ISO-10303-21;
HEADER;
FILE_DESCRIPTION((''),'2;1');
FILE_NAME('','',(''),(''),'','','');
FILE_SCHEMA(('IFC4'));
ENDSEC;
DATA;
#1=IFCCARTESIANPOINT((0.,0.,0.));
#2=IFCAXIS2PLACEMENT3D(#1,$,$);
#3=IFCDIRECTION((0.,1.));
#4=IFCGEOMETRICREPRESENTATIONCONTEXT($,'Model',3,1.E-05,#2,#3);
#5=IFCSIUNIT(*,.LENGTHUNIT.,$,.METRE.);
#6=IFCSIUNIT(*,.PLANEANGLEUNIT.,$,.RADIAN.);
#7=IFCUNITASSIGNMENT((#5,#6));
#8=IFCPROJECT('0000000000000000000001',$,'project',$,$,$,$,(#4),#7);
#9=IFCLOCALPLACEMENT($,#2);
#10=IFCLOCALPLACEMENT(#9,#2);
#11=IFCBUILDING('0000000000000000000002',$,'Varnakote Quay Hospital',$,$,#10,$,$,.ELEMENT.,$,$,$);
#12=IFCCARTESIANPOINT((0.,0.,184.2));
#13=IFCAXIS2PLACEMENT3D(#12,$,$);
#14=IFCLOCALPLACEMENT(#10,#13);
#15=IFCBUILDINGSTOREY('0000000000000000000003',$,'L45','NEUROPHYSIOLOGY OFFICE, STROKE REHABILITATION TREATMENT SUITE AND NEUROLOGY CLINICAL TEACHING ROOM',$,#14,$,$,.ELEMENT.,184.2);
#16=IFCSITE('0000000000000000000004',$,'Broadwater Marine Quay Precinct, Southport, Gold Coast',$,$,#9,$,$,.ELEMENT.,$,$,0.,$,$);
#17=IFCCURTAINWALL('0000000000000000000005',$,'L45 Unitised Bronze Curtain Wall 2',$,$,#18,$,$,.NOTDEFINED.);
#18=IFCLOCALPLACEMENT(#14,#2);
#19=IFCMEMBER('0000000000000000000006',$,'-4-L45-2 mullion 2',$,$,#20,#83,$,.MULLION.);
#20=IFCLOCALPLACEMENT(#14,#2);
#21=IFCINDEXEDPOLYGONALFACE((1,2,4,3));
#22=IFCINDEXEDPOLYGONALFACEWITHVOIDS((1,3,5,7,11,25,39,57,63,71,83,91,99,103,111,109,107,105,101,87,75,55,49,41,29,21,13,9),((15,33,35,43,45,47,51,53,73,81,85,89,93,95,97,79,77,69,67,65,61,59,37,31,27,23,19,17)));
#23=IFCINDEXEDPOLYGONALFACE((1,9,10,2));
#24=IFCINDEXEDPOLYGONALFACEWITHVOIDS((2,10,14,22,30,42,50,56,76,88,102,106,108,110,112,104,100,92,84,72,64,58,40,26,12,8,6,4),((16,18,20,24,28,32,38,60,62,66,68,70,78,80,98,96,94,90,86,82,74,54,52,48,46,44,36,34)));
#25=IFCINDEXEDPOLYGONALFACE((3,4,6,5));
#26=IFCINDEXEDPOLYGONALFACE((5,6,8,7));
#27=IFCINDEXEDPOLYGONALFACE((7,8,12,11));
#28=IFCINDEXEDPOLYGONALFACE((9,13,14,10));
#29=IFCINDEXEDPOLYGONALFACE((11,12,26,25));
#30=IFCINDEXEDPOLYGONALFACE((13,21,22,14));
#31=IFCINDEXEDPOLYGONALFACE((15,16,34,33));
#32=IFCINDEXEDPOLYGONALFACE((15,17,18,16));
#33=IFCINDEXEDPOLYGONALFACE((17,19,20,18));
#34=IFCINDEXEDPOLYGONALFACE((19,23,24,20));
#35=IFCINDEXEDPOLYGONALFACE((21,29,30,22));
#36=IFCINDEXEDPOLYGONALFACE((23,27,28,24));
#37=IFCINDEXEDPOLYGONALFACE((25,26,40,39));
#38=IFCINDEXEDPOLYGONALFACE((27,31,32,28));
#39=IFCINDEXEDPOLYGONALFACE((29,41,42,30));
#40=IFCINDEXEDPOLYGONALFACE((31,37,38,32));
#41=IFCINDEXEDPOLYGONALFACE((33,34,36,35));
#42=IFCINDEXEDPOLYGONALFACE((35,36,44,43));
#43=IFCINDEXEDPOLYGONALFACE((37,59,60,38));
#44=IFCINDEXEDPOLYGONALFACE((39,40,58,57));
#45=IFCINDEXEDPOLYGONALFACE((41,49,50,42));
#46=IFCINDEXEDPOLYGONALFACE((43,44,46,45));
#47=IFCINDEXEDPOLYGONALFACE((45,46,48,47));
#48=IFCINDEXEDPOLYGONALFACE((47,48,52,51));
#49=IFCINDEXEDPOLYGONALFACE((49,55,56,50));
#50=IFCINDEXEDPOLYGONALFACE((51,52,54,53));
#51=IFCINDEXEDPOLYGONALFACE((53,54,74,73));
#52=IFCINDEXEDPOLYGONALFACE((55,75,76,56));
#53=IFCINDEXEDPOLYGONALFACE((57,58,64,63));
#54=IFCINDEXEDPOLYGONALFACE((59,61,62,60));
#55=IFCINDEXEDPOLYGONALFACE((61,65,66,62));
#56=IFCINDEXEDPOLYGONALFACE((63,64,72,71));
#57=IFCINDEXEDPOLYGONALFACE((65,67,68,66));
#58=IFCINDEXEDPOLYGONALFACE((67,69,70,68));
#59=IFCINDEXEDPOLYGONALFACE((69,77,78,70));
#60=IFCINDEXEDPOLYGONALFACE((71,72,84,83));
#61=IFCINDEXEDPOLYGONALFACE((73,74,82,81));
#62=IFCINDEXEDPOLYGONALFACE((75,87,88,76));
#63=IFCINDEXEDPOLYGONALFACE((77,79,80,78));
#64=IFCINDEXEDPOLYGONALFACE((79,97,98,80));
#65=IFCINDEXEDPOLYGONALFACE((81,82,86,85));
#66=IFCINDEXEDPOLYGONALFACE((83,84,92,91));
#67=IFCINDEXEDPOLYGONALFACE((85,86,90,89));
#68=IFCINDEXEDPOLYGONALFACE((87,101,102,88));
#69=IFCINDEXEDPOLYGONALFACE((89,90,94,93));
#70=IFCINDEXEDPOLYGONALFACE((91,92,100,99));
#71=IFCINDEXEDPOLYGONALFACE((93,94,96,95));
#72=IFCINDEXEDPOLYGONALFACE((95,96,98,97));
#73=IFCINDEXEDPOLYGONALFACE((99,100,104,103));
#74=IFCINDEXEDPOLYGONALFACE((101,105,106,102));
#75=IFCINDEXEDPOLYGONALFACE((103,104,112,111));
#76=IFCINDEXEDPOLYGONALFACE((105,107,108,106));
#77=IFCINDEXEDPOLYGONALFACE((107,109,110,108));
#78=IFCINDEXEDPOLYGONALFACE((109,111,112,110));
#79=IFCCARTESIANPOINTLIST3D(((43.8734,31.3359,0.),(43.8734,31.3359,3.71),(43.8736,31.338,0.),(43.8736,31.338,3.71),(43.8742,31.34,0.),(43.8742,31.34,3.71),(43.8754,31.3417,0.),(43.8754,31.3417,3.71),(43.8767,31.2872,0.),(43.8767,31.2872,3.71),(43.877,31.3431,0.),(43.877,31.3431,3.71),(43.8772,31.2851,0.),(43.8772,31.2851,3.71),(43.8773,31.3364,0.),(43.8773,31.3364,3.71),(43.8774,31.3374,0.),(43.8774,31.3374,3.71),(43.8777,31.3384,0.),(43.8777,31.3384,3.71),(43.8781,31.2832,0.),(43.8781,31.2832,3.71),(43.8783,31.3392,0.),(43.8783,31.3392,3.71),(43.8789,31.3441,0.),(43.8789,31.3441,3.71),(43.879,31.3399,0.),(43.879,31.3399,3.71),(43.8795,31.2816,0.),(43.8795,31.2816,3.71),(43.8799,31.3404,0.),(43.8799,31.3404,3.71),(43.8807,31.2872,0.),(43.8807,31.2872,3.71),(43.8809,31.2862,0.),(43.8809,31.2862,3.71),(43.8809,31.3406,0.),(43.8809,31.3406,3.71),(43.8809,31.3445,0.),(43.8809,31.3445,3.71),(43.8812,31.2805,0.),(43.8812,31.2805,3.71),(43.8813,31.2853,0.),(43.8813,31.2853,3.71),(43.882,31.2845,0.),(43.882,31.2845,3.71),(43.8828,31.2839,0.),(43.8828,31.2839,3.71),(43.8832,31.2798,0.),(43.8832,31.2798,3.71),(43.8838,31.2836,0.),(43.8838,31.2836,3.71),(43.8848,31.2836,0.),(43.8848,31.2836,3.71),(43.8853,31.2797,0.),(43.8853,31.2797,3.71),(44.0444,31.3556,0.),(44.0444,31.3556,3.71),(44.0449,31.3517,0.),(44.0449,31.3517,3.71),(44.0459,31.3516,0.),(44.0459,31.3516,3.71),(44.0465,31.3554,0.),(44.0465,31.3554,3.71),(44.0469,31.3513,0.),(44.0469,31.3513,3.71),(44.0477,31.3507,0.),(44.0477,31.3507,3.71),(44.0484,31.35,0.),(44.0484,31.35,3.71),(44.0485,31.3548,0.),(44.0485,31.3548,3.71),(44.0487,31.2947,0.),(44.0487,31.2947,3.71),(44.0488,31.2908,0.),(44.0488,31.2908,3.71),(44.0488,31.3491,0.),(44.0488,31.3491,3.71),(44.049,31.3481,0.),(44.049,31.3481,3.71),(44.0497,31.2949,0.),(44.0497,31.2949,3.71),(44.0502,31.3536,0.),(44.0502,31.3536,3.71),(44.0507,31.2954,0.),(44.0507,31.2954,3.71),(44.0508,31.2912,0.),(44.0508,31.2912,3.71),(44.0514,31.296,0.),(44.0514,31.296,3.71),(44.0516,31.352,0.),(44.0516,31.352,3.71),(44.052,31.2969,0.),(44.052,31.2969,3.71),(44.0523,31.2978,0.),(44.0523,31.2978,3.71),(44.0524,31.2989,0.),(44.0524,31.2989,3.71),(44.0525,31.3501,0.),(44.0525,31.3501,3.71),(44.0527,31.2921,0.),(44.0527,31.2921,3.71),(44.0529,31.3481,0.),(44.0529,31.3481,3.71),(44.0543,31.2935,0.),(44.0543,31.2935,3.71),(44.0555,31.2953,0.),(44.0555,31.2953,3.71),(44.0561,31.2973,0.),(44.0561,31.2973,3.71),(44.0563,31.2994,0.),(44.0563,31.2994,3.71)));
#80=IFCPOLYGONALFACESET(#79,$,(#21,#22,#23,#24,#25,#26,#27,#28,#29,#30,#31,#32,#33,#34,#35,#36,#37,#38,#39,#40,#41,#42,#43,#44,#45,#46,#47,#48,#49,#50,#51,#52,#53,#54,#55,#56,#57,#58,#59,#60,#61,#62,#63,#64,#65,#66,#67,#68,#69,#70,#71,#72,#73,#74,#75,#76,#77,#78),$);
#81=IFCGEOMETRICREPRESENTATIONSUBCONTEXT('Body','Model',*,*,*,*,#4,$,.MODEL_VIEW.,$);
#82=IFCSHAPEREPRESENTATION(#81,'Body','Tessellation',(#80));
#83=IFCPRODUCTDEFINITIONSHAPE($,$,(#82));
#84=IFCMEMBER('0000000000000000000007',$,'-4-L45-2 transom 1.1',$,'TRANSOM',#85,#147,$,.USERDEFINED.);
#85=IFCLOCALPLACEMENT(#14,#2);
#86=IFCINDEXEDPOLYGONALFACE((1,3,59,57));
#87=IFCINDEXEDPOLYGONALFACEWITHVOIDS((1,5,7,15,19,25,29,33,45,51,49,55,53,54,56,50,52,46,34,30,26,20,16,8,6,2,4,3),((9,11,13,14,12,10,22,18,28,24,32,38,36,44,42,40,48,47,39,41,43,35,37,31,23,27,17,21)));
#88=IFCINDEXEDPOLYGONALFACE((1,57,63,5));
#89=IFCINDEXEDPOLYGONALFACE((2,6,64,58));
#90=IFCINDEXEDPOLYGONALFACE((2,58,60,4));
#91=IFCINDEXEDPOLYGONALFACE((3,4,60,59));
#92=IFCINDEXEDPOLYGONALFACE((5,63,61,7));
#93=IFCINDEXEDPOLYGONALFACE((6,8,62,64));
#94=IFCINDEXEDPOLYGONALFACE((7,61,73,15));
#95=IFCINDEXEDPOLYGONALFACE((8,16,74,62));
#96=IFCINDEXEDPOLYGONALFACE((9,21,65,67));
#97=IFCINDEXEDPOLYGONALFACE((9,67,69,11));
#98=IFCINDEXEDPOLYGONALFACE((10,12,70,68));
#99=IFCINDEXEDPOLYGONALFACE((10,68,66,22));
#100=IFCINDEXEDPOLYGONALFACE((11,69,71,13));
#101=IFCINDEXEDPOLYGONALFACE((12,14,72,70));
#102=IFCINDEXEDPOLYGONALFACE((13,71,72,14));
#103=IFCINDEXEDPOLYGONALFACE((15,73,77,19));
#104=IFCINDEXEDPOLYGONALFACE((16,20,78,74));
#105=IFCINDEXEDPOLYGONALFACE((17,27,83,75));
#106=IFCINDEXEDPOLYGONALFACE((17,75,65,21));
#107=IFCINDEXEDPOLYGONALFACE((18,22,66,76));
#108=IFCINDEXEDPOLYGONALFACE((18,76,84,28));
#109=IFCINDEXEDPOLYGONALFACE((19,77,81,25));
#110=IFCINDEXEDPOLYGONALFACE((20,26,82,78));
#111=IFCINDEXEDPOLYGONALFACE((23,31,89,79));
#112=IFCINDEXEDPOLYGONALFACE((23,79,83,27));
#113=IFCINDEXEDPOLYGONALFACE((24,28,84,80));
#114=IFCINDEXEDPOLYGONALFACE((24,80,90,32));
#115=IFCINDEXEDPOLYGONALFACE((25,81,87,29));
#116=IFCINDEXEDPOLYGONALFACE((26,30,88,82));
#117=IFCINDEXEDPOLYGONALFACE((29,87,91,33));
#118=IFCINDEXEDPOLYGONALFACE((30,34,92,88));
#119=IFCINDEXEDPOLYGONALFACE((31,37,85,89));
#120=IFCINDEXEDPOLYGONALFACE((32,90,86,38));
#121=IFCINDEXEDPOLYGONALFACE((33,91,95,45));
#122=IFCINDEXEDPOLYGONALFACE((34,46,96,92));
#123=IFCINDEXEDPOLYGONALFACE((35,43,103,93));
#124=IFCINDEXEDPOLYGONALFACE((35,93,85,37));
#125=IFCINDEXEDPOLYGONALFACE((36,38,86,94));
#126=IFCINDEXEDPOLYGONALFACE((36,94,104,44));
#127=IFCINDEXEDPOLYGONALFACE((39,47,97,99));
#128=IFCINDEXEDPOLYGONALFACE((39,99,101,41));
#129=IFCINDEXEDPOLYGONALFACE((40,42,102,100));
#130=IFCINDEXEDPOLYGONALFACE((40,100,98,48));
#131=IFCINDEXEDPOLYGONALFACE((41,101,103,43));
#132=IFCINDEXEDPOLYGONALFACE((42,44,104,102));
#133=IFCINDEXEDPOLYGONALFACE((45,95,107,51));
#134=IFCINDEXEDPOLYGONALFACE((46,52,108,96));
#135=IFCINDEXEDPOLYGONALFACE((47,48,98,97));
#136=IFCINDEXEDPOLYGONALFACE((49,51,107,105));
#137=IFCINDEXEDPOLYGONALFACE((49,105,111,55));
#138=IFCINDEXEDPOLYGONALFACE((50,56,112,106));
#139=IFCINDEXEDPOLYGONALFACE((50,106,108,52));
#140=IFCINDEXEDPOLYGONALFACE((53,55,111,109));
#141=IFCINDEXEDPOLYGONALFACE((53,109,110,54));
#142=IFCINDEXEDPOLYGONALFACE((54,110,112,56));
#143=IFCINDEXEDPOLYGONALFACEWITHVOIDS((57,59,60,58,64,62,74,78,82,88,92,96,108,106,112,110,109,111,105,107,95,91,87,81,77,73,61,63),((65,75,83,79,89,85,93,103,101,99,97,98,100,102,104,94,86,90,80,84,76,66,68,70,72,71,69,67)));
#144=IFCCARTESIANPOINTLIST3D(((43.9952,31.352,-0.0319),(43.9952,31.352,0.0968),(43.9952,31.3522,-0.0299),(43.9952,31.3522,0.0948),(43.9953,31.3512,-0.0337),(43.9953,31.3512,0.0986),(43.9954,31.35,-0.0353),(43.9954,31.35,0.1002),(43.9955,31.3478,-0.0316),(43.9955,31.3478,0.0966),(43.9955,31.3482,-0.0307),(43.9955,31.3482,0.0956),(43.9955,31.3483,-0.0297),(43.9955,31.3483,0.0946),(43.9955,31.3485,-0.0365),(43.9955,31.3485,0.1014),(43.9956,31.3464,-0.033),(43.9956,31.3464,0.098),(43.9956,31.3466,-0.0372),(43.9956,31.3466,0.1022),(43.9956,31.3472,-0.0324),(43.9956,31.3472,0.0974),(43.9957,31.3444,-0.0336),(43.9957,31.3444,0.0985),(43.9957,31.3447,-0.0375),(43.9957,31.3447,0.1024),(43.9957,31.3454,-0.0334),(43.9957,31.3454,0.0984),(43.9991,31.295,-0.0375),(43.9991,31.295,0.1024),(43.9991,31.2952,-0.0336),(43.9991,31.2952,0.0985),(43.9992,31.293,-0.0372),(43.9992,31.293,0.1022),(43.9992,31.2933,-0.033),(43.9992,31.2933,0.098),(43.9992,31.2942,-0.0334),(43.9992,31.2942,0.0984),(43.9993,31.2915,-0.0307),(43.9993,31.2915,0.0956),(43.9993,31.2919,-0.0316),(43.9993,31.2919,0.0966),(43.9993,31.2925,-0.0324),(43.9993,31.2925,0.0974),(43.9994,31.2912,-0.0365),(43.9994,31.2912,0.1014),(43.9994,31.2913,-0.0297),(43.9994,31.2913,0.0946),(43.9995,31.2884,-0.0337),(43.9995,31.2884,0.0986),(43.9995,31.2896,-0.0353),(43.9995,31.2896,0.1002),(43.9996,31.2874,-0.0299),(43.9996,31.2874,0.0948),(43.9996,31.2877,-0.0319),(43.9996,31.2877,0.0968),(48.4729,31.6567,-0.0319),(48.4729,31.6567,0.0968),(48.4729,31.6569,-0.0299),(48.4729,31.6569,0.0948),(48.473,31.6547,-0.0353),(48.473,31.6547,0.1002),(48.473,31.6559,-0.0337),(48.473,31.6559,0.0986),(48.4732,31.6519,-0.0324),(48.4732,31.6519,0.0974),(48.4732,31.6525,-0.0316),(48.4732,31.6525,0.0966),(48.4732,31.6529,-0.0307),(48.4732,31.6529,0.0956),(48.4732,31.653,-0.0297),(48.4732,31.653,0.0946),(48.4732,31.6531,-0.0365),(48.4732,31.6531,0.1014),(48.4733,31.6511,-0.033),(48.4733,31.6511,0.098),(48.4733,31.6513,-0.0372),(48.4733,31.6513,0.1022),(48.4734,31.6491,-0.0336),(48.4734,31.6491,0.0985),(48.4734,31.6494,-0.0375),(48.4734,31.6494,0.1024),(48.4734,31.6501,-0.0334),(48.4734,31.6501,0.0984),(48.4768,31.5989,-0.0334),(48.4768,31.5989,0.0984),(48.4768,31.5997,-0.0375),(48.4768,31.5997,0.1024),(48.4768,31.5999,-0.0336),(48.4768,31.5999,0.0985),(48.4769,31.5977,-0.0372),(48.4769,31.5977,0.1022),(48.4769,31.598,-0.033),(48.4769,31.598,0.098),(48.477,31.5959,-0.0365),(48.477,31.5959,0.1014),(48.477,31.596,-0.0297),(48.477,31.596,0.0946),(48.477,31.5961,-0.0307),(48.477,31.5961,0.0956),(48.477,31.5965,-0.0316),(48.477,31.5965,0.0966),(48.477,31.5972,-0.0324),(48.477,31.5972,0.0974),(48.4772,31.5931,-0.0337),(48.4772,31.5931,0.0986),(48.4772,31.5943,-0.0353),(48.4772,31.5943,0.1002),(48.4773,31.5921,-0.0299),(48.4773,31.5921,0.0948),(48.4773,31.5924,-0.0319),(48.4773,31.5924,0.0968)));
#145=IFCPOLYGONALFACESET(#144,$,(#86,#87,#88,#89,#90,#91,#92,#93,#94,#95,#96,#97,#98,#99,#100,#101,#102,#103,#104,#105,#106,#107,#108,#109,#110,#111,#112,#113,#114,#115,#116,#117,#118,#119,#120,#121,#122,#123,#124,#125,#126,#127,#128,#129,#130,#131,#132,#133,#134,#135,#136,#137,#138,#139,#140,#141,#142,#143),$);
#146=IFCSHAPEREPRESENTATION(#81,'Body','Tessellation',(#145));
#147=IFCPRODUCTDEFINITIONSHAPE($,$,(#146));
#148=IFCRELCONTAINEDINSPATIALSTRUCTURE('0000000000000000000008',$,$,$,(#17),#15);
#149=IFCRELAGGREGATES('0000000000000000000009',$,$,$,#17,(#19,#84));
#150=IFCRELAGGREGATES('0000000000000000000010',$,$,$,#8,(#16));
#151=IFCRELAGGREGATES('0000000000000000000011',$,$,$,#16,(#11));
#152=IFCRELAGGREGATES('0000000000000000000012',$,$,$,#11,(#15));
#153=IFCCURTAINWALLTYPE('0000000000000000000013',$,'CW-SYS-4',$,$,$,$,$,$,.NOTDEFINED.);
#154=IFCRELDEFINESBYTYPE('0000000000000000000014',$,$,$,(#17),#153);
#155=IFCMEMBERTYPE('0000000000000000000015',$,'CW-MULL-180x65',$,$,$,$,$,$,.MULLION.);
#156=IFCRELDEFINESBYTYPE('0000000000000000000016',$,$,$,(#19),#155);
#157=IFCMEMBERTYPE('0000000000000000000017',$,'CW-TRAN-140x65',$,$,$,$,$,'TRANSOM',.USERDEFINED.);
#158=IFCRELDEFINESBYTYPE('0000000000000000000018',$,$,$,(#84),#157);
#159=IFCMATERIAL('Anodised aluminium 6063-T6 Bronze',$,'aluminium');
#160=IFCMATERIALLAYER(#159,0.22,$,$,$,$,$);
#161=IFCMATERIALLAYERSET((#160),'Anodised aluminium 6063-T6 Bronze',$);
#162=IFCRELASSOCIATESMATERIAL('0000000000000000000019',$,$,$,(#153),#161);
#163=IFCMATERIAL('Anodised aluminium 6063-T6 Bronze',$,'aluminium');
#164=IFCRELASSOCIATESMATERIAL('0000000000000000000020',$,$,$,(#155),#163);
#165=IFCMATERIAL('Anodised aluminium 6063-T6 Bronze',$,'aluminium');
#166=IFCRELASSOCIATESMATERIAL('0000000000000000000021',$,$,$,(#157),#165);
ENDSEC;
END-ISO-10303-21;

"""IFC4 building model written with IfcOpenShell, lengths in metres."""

from ifc_helpers import new_model, si_unit, direction, frame, origin, origin_2d, place, context, subcontext, project, spatial, hollow_rectangle, extrude, material, layer, layer_set, material_profile, profile_set, type_object, element, aggregate, save


model = new_model("IFC4")

# Units and contexts
model_context = context("Model", 3, precision=1e-05, world=origin(), true_north=direction((0.0, 1.0)))
body_context = subcontext(model_context, "Body", "Model", "MODEL_VIEW")
ifc_project = project(units=[si_unit("LENGTHUNIT", "METRE"), si_unit("PLANEANGLEUNIT", "RADIAN")], contexts=[model_context])

# Site, building, storey
site_placement = place(None, origin())
site = spatial("IfcSite", under=ifc_project, at=site_placement, Name="Broadwater Marine Quay Precinct, Southport, Gold Coast", CompositionType="ELEMENT", RefElevation=0.0)
building_placement = place(site_placement, origin())
building = spatial("IfcBuilding", under=site, at=building_placement, Name="Varnakote Quay Hospital", CompositionType="ELEMENT")
storey_placement = place(building_placement, frame((0.0, 0.0, 184.2)))
storey = spatial("IfcBuildingStorey", under=building, at=storey_placement, Name="L45", Description="NEUROPHYSIOLOGY OFFICE, STROKE REHABILITATION TREATMENT SUITE AND NEUROLOGY CLINICAL TEACHING ROOM", CompositionType="ELEMENT", Elevation=184.2)

# Shared definitions
ifc_material_1 = material(Name="Anodised aluminium 6063-T6 Bronze", Category="aluminium")
ifc_layer_1 = layer(ifc_material_1, 0.22)
ifc_layer_set_1 = layer_set([ifc_layer_1], Name="Anodised aluminium 6063-T6 Bronze")
curtain_wall_type = type_object("IfcCurtainWallType", Name="CW-SYS-4", PredefinedType="NOTDEFINED", material=ifc_layer_set_1)
ifc_material_2 = material(Name="Anodised aluminium 6063-T6 Bronze", Category="aluminium")
ifc_material_profile_1 = material_profile(ifc_material_2, hollow_rectangle(XDim=0.0649, YDim=0.1799, WallThickness=0.0039, InnerFilletRadius=0.0039, OuterFilletRadius=0.0081, at=origin_2d()), Name="CW-MULL-180x65")
ifc_profile_set_1 = profile_set([ifc_material_profile_1], Name="Anodised aluminium 6063-T6 Bronze")
member_type_1 = type_object("IfcMemberType", Name="CW-MULL-180x65", PredefinedType="MULLION", material=ifc_profile_set_1)

# Curtain wall, members
curtain_wall_1_placement = place(storey_placement, origin())
curtain_wall_1 = element("IfcCurtainWall", 1, at=curtain_wall_1_placement, inside=storey, type_object=curtain_wall_type, Name="L45 Unitised Bronze Curtain Wall 2", PredefinedType="NOTDEFINED")
member_1_placement = place(storey_placement, frame((43.9648, 31.3176, 0.0), z_axis=(0.0, 0.0, 1.0), x_axis=(0.067842, -0.997696, 0.0)))
member_1 = element("IfcMember", 2, at=member_1_placement, type_object=member_type_1, Name="-4-L45-2 mullion 2", PredefinedType="MULLION", context=body_context, shape_type="SweptSolid", body=[
    extrude(hollow_rectangle(XDim=0.0649, YDim=0.1799, WallThickness=0.0039, InnerFilletRadius=0.0039, OuterFilletRadius=0.0081, at=origin_2d()), origin(), (0.0, 0.0, 1.0), 3.71),
])
ifc_material_3 = material(Name="Anodised aluminium 6063-T6 Bronze", Category="aluminium")
ifc_material_profile_2 = material_profile(ifc_material_3, hollow_rectangle(XDim=0.0649, YDim=0.1399, WallThickness=0.0039, InnerFilletRadius=0.0039, OuterFilletRadius=0.0076, at=origin_2d()), Name="CW-TRAN-140x65")
ifc_profile_set_2 = profile_set([ifc_material_profile_2], Name="Anodised aluminium 6063-T6 Bronze")
member_type_2 = type_object("IfcMemberType", Name="CW-TRAN-140x65", ElementType="TRANSOM", PredefinedType="USERDEFINED", material=ifc_profile_set_2)
member_2_placement = place(storey_placement, frame((48.4751, 31.6245, 0.0325), z_axis=(-0.997693, -0.067887, 0.0), x_axis=(0.067887, -0.997693, 0.0)))
member_2 = element("IfcMember", 3, at=member_2_placement, type_object=member_type_2, Name="-4-L45-2 transom 1.1", ObjectType="TRANSOM", PredefinedType="USERDEFINED", context=body_context, shape_type="SweptSolid", body=[
    extrude(hollow_rectangle(XDim=0.0649, YDim=0.1399, WallThickness=0.0039, InnerFilletRadius=0.0039, OuterFilletRadius=0.0076, at=origin_2d()), origin(), (0.0, 0.0, 1.0), 4.488),
])

aggregate(curtain_wall_1, [member_1, member_2])

save(model, "model.ifc")
